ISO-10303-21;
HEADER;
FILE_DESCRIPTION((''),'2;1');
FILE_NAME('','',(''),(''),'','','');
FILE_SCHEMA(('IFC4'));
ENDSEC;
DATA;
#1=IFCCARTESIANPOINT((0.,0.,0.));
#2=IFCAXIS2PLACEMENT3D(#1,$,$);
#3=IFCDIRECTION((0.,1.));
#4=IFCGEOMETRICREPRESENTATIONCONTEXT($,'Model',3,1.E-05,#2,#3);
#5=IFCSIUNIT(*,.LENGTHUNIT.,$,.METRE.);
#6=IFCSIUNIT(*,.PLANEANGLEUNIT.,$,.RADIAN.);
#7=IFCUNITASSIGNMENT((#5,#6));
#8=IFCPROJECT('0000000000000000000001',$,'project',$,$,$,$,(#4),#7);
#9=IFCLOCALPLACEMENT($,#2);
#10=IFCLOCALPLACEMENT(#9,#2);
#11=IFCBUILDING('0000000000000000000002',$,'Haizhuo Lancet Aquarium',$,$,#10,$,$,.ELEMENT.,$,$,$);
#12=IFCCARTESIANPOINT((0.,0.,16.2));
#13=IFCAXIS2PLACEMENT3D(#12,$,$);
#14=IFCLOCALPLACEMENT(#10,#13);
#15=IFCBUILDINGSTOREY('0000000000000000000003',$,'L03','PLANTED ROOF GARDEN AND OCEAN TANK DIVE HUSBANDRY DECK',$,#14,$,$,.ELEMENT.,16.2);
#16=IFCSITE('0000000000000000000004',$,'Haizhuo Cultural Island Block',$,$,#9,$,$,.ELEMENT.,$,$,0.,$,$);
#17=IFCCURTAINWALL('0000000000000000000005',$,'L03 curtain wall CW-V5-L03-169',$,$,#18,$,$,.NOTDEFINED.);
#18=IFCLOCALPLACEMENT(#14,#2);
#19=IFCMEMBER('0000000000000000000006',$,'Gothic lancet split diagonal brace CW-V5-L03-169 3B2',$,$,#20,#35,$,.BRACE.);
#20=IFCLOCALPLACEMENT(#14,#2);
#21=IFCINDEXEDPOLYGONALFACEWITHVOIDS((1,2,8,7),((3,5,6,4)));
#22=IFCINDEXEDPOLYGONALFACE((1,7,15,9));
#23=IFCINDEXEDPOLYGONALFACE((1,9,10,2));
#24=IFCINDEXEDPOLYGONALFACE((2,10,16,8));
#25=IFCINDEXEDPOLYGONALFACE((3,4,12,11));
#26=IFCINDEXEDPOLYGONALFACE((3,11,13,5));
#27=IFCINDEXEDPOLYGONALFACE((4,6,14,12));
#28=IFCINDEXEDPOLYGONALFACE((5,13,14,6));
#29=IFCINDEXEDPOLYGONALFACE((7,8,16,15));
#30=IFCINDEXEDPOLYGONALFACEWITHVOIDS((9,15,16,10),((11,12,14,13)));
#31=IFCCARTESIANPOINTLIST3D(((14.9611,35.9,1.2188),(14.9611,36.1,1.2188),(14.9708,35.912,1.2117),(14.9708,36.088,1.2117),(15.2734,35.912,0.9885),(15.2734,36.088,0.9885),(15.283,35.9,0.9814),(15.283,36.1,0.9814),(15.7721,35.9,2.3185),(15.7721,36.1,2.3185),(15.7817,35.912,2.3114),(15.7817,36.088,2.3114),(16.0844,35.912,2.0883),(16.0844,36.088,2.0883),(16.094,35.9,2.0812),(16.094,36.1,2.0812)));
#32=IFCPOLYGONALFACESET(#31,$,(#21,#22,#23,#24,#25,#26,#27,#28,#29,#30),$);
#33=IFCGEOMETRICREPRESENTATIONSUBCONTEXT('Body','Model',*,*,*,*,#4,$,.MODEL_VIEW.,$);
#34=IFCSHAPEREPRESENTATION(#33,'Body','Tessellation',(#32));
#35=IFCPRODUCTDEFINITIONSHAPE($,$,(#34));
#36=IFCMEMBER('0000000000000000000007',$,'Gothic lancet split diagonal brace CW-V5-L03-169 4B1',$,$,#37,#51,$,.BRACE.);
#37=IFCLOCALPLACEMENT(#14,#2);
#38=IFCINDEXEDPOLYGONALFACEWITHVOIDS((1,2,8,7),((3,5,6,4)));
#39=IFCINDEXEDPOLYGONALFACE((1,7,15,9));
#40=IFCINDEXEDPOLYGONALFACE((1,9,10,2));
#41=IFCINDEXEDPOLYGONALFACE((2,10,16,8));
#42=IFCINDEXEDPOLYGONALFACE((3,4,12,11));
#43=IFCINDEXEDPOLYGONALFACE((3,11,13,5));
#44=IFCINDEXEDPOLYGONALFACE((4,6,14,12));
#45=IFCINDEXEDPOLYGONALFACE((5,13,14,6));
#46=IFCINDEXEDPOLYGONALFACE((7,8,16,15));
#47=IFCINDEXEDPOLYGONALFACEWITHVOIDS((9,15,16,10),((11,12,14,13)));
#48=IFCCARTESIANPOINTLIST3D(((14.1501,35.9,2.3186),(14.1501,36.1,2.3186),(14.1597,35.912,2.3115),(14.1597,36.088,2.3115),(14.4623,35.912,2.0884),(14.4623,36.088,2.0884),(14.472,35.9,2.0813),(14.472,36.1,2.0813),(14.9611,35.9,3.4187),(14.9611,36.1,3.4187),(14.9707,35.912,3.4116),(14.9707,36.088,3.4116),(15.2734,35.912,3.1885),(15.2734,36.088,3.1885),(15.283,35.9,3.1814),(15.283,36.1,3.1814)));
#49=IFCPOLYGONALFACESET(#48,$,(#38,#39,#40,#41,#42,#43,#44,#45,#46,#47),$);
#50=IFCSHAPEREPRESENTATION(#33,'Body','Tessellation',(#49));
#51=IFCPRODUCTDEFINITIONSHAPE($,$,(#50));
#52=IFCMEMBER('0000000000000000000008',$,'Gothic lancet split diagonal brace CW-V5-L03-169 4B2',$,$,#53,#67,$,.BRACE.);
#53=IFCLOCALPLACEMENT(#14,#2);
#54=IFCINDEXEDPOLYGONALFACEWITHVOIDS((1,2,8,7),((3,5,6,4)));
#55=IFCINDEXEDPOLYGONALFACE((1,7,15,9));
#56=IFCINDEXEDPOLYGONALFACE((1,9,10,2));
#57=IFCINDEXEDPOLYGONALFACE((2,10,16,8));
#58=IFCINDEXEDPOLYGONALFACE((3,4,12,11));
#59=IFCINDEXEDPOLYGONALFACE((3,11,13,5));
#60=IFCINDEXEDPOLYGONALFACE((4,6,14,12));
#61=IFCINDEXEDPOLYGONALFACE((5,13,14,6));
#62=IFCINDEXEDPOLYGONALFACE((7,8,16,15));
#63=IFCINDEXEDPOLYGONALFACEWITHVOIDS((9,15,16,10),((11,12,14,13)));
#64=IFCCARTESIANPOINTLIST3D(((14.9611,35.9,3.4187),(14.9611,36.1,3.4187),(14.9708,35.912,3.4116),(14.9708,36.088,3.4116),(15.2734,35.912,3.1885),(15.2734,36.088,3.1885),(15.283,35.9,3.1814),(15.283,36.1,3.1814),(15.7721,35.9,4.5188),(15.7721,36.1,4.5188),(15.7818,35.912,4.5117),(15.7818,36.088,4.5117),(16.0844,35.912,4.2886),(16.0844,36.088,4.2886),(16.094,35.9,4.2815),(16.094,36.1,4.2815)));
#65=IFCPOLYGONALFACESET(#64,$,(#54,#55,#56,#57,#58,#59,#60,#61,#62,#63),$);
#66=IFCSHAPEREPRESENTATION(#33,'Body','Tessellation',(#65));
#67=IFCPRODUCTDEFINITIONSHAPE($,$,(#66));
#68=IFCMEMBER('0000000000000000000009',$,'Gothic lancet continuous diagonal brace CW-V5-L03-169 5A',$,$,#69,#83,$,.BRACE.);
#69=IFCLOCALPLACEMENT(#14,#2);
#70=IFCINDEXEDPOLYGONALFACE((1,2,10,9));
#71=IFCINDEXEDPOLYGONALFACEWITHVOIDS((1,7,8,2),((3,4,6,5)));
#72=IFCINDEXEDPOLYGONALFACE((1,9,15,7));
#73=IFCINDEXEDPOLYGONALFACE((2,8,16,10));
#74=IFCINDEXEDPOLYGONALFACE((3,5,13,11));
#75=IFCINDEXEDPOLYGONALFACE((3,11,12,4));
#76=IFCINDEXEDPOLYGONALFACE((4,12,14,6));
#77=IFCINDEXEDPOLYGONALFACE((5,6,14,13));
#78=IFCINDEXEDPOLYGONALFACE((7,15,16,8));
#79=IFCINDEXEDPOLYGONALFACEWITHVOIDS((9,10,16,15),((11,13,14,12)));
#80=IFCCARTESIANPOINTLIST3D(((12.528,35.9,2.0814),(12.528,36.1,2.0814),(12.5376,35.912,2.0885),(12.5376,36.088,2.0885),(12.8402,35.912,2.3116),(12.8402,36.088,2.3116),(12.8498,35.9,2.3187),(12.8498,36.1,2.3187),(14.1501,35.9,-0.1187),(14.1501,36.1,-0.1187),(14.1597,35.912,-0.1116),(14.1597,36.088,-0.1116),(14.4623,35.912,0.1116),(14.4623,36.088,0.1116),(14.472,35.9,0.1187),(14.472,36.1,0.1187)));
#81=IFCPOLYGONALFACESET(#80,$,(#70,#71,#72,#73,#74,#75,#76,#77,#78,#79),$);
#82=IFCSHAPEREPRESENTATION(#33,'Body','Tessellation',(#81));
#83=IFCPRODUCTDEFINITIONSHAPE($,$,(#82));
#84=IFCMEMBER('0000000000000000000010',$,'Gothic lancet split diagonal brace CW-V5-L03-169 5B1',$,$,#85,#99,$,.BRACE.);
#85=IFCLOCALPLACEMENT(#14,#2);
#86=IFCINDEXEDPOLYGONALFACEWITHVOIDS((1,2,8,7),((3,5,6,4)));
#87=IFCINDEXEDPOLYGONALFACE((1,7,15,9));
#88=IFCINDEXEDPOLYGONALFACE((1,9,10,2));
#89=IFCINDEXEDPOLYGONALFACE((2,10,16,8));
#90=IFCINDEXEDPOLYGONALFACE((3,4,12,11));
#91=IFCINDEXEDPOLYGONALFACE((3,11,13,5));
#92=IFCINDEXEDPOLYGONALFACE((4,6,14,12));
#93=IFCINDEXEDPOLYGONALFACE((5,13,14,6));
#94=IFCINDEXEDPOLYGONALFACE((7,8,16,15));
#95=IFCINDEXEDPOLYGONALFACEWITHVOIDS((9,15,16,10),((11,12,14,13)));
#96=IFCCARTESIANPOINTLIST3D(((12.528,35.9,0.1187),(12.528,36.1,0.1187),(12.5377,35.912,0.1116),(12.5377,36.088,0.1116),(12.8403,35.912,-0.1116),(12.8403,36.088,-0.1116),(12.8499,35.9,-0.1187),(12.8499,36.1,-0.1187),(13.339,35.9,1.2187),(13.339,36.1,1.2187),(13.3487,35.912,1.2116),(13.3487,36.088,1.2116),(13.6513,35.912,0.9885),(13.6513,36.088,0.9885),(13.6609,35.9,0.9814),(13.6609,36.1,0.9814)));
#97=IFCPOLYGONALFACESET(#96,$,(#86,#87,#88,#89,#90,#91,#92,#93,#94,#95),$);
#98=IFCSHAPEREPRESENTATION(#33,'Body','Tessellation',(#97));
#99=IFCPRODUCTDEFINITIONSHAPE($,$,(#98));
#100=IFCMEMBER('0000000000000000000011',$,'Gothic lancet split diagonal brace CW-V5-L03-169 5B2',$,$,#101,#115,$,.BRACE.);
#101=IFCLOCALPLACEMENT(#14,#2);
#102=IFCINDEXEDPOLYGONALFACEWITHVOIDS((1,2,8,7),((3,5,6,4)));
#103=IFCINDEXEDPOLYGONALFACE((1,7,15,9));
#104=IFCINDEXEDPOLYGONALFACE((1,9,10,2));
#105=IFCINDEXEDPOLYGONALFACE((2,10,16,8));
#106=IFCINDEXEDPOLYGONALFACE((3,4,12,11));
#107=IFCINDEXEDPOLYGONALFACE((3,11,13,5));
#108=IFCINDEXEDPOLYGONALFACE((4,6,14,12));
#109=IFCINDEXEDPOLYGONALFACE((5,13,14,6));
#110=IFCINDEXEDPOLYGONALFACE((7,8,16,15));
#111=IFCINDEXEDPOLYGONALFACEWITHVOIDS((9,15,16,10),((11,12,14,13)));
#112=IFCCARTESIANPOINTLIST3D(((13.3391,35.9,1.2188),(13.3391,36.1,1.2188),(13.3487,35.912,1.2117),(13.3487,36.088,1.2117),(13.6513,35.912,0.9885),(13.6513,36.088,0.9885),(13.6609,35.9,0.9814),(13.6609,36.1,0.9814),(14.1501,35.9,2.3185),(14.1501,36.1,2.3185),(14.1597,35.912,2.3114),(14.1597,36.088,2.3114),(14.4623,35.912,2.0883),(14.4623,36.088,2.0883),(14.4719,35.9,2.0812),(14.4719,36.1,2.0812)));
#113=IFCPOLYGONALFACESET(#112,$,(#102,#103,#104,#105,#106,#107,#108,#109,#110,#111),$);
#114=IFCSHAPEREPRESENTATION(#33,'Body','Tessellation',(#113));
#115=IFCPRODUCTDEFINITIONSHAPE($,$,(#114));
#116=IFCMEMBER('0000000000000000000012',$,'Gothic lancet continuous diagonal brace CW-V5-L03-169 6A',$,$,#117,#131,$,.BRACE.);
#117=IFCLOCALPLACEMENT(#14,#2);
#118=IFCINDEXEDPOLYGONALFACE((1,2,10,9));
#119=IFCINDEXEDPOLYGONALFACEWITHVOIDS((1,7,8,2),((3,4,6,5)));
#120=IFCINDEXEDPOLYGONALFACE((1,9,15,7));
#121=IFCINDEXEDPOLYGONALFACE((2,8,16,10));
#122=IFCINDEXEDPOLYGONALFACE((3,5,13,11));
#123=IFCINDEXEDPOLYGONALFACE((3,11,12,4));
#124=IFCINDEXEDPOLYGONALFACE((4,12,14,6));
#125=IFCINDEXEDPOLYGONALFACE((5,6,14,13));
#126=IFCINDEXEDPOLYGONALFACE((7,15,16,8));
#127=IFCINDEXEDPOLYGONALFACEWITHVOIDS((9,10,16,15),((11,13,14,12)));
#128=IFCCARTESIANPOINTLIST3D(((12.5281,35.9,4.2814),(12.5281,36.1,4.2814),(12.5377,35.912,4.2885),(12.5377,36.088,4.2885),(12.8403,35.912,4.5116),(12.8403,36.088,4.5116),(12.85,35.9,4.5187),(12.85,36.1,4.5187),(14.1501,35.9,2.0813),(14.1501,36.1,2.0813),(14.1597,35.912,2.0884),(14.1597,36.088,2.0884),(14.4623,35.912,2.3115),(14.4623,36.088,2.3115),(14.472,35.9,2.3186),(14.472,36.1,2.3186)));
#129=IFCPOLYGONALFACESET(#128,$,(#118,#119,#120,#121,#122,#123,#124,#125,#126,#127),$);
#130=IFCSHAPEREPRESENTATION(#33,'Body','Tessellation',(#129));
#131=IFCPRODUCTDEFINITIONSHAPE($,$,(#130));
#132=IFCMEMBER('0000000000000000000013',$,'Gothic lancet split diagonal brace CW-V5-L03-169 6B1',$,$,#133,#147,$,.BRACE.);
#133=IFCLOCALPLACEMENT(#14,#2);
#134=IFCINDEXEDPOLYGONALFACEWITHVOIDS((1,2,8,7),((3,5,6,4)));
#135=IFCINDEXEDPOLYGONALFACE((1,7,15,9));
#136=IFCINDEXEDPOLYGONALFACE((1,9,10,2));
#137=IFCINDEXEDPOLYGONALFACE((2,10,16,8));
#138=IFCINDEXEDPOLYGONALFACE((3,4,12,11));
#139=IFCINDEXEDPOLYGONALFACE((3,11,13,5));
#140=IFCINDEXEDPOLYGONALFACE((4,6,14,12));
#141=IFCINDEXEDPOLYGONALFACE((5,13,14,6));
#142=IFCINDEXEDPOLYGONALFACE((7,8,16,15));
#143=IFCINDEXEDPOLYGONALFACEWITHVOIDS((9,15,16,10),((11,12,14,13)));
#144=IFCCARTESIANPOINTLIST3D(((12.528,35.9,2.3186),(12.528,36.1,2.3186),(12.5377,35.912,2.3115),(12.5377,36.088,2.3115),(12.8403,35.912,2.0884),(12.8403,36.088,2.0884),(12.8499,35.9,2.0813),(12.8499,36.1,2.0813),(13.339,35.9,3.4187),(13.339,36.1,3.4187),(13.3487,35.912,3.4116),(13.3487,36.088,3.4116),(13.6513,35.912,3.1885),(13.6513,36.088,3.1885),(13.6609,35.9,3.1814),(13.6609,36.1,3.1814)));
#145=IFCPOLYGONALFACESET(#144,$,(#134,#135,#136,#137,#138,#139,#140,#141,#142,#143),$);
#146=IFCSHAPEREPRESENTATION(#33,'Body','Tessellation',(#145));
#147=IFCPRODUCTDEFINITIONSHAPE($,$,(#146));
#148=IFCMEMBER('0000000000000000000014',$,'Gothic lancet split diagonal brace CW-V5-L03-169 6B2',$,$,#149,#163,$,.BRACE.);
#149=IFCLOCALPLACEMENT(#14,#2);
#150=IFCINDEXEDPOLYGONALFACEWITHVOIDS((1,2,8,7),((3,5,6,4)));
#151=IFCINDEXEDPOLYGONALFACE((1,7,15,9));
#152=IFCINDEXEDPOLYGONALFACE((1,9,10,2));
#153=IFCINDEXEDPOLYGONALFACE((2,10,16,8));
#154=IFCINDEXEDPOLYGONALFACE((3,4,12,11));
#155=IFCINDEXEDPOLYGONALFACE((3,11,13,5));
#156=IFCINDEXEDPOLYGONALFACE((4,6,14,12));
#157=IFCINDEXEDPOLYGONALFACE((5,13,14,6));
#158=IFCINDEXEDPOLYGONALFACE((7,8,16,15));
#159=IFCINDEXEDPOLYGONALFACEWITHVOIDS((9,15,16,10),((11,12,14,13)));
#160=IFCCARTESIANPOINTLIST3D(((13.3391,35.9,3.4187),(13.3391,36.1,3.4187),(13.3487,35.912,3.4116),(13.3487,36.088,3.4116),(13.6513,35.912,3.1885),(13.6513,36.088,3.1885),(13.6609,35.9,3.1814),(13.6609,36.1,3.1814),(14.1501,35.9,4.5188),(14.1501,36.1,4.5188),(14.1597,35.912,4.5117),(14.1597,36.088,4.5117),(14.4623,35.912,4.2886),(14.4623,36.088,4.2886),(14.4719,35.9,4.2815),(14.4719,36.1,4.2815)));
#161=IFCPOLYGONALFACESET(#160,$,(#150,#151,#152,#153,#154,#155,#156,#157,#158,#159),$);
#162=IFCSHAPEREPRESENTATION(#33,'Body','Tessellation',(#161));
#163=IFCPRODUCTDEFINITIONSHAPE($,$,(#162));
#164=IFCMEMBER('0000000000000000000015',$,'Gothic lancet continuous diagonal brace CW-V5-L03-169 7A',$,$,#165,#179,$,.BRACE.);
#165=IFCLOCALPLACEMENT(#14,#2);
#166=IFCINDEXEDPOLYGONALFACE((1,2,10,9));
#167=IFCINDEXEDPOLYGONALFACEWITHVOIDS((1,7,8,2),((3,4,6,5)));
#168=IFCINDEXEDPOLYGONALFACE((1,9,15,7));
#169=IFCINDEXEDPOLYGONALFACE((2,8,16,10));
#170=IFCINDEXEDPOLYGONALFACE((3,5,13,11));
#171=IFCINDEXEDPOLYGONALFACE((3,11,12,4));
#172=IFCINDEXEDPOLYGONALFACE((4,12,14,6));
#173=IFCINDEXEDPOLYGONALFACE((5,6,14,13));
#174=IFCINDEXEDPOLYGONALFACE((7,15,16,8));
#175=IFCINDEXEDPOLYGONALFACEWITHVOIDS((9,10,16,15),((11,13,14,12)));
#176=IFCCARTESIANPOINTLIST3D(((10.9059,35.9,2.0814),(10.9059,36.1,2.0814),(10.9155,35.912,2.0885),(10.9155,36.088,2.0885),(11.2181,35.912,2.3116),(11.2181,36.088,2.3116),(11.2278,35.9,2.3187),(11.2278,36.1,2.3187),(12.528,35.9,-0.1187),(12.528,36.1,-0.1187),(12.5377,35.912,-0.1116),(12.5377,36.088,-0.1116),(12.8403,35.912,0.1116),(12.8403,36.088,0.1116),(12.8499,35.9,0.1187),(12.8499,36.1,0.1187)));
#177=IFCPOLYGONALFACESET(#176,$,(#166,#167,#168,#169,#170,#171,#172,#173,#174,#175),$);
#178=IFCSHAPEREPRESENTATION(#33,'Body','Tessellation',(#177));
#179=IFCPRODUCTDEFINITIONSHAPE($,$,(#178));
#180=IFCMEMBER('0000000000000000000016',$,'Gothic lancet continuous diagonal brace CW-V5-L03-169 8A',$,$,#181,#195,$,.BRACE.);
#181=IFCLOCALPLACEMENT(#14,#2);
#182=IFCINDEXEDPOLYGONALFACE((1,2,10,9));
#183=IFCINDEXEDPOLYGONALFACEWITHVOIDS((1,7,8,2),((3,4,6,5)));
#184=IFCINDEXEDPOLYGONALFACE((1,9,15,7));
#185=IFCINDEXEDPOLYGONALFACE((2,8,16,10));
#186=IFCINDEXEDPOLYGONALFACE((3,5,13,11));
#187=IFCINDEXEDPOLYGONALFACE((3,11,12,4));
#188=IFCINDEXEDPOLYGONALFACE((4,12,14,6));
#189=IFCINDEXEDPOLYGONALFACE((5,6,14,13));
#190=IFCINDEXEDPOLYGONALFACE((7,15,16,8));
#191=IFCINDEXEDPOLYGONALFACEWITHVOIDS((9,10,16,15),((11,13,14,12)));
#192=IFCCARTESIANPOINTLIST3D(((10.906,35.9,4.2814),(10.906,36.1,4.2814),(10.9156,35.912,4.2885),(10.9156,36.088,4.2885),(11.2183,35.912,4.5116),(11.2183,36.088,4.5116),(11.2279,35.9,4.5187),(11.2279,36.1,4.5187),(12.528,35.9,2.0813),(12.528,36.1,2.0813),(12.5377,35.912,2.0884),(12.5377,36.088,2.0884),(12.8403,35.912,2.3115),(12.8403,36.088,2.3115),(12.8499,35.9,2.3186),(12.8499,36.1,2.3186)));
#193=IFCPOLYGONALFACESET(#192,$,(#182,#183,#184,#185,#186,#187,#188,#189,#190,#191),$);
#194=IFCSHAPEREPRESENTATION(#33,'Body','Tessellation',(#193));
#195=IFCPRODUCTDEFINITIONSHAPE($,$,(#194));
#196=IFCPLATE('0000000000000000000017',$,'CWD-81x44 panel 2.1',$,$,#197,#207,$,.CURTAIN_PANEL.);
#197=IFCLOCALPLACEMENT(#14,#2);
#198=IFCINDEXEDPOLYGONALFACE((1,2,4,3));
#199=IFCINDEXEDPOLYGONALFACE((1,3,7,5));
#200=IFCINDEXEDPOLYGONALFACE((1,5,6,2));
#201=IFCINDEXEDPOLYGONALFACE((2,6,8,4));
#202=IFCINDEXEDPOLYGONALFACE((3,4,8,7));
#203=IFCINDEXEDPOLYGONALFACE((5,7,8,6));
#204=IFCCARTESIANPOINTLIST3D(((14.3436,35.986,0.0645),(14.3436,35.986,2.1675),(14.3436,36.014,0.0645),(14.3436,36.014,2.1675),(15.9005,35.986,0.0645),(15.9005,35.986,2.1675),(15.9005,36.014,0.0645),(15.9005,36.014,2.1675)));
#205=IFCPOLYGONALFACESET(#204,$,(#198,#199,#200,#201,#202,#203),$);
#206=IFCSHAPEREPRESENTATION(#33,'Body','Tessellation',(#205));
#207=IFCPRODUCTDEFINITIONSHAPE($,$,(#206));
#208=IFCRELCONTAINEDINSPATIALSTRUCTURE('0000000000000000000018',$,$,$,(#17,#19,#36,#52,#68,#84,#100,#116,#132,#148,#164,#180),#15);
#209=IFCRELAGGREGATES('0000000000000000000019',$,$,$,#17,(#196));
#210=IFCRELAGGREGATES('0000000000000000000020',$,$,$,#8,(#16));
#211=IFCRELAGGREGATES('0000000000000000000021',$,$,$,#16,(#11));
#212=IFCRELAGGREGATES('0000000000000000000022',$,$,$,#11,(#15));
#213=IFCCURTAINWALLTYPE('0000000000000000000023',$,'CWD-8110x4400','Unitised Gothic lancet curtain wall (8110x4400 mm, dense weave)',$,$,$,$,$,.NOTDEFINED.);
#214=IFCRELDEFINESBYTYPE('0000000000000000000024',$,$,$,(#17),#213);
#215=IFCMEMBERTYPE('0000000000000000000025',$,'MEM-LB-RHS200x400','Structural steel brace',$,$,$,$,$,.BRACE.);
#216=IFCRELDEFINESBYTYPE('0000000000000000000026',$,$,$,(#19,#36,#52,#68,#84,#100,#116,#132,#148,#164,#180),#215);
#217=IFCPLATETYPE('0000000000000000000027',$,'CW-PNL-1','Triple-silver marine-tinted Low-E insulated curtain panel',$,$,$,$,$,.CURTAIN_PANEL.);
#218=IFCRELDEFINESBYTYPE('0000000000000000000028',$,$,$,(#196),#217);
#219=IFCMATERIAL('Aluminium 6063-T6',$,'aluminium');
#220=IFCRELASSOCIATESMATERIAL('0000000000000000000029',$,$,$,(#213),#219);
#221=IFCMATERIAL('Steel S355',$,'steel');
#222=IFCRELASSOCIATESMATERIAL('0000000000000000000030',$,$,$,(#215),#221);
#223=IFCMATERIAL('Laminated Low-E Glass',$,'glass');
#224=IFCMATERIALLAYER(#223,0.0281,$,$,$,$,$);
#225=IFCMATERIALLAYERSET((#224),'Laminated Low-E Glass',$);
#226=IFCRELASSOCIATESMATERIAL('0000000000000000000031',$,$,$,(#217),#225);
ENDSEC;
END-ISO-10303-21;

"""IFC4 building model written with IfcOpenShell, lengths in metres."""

from ifc_helpers import new_model, si_unit, direction, frame, origin, origin_2d, place, context, subcontext, project, spatial, rectangle, hollow_rectangle, extrude, material, layer, layer_set, material_profile, profile_set, type_object, element, aggregate, save


model = new_model("IFC4")

# Units and contexts
model_context = context("Model", 3, precision=1e-05, world=origin(), true_north=direction((0.0, 1.0)))
body_context = subcontext(model_context, "Body", "Model", "MODEL_VIEW")
ifc_project = project(units=[si_unit("LENGTHUNIT", "METRE"), si_unit("PLANEANGLEUNIT", "RADIAN")], contexts=[model_context])

# Site, building, storey
site_placement = place(None, origin())
site = spatial("IfcSite", under=ifc_project, at=site_placement, Name="Haizhuo Cultural Island Block", CompositionType="ELEMENT", RefElevation=0.0)
building_placement = place(site_placement, origin())
building = spatial("IfcBuilding", under=site, at=building_placement, Name="Haizhuo Lancet Aquarium", CompositionType="ELEMENT")
storey_placement = place(building_placement, frame((0.0, 0.0, 16.2)))
storey = spatial("IfcBuildingStorey", under=building, at=storey_placement, Name="L03", Description="PLANTED ROOF GARDEN AND OCEAN TANK DIVE HUSBANDRY DECK", CompositionType="ELEMENT", Elevation=16.2)

# Curtain wall
ifc_material_1 = material(Name="Aluminium 6063-T6", Category="aluminium")
curtain_wall_type = type_object("IfcCurtainWallType", Name="CWD-8110x4400", Description="Unitised Gothic lancet curtain wall (8110x4400 mm, dense weave)", PredefinedType="NOTDEFINED", material=ifc_material_1)
curtain_wall_placement = place(storey_placement, origin())
curtain_wall = element("IfcCurtainWall", 1, at=curtain_wall_placement, inside=storey, type_object=curtain_wall_type, Name="L03 curtain wall CW-V5-L03-169", PredefinedType="NOTDEFINED")

# Members
ifc_material_2 = material(Name="Steel S355", Category="steel")
ifc_material_profile_1 = material_profile(ifc_material_2, hollow_rectangle(XDim=0.2, YDim=0.3999, WallThickness=0.012, at=origin_2d()), Name="RHS 200x400x12")
ifc_profile_set_1 = profile_set([ifc_material_profile_1], Name="Steel S355")
member_type_1 = type_object("IfcMemberType", Name="MEM-LB-RHS200x400", Description="Structural steel brace", PredefinedType="BRACE", material=ifc_profile_set_1)
member_1_placement = place(storey_placement, frame((15.1221, 36.0, 1.1001), z_axis=(0.593492, 0.0, 0.80484), x_axis=(0.0, 1.0, 0.0)))
element("IfcMember", 2, at=member_1_placement, inside=storey, type_object=member_type_1, Name="Gothic lancet split diagonal brace CW-V5-L03-169 3B2", PredefinedType="BRACE", context=body_context, shape_type="SweptSolid", body=[
    extrude(hollow_rectangle(XDim=0.2, YDim=0.3999, WallThickness=0.012, at=origin_2d()), origin(), (0.0, 0.0, 1.0), 1.3665),
])
for number, where, z_axis, x_axis, name in (
    (3, (14.311, 36.0, 2.2), (0.593406, 0.0, 0.804903), (0.0, 1.0, 0.0), "Gothic lancet split diagonal brace CW-V5-L03-169 4B1"),
    (4, (15.1221, 36.0, 3.3), (0.593406, 0.0, 0.804903), (0.0, 1.0, 0.0), "Gothic lancet split diagonal brace CW-V5-L03-169 4B2"),
):
    element("IfcMember", number, at=place(storey_placement, frame(where, z_axis=z_axis, x_axis=x_axis)), inside=storey, type_object=member_type_1, Name=name, PredefinedType="BRACE", context=body_context, shape_type="SweptSolid", body=[
        extrude(hollow_rectangle(XDim=0.2, YDim=0.3999, WallThickness=0.012, at=origin_2d()), origin(), (0.0, 0.0, 1.0), 1.3667),
    ])
member_2_placement = place(storey_placement, frame((14.311, 36.0, 0.0), z_axis=(-0.593449, 0.0, 0.804872), x_axis=(0.0, -1.0, 0.0)))
element("IfcMember", 5, at=member_2_placement, inside=storey, type_object=member_type_1, Name="Gothic lancet continuous diagonal brace CW-V5-L03-169 5A", PredefinedType="BRACE", context=body_context, shape_type="SweptSolid", body=[
    extrude(hollow_rectangle(XDim=0.2, YDim=0.3999, WallThickness=0.012, at=origin_2d()), origin(), (0.0, 0.0, 1.0), 2.7334),
])
member_3_placement = place(storey_placement, frame((12.689, 36.0, 0.0), z_axis=(0.593406, 0.0, 0.804903), x_axis=(0.0, 1.0, 0.0)))
element("IfcMember", 6, at=member_3_placement, inside=storey, type_object=member_type_1, Name="Gothic lancet split diagonal brace CW-V5-L03-169 5B1", PredefinedType="BRACE", context=body_context, shape_type="SweptSolid", body=[
    extrude(hollow_rectangle(XDim=0.2, YDim=0.3999, WallThickness=0.012, at=origin_2d()), origin(), (0.0, 0.0, 1.0), 1.3667),
])
member_4_placement = place(storey_placement, frame((13.5, 36.0, 1.1001), z_axis=(0.593492, 0.0, 0.80484), x_axis=(0.0, 1.0, 0.0)))
element("IfcMember", 7, at=member_4_placement, inside=storey, type_object=member_type_1, Name="Gothic lancet split diagonal brace CW-V5-L03-169 5B2", PredefinedType="BRACE", context=body_context, shape_type="SweptSolid", body=[
    extrude(hollow_rectangle(XDim=0.2, YDim=0.3999, WallThickness=0.012, at=origin_2d()), origin(), (0.0, 0.0, 1.0), 1.3665),
])
member_5_placement = place(storey_placement, frame((14.311, 36.0, 2.2), z_axis=(-0.593406, 0.0, 0.804903), x_axis=(0.0, -1.0, 0.0)))
element("IfcMember", 8, at=member_5_placement, inside=storey, type_object=member_type_1, Name="Gothic lancet continuous diagonal brace CW-V5-L03-169 6A", PredefinedType="BRACE", context=body_context, shape_type="SweptSolid", body=[
    extrude(hollow_rectangle(XDim=0.2, YDim=0.3999, WallThickness=0.012, at=origin_2d()), origin(), (0.0, 0.0, 1.0), 2.7334),
])
for number, where, z_axis, x_axis, name in (
    (9, (12.689, 36.0, 2.2), (0.593406, 0.0, 0.804903), (0.0, 1.0, 0.0), "Gothic lancet split diagonal brace CW-V5-L03-169 6B1"),
    (10, (13.5, 36.0, 3.3), (0.593406, 0.0, 0.804903), (0.0, 1.0, 0.0), "Gothic lancet split diagonal brace CW-V5-L03-169 6B2"),
):
    element("IfcMember", number, at=place(storey_placement, frame(where, z_axis=z_axis, x_axis=x_axis)), inside=storey, type_object=member_type_1, Name=name, PredefinedType="BRACE", context=body_context, shape_type="SweptSolid", body=[
        extrude(hollow_rectangle(XDim=0.2, YDim=0.3999, WallThickness=0.012, at=origin_2d()), origin(), (0.0, 0.0, 1.0), 1.3667),
    ])
for number, where, z_axis, x_axis, name in (
    (11, (12.689, 36.0, 0.0), (-0.593449, 0.0, 0.804872), (0.0, -1.0, 0.0), "Gothic lancet continuous diagonal brace CW-V5-L03-169 7A"),
    (12, (12.689, 36.0, 2.2), (-0.593406, 0.0, 0.804903), (0.0, -1.0, 0.0), "Gothic lancet continuous diagonal brace CW-V5-L03-169 8A"),
):
    element("IfcMember", number, at=place(storey_placement, frame(where, z_axis=z_axis, x_axis=x_axis)), inside=storey, type_object=member_type_1, Name=name, PredefinedType="BRACE", context=body_context, shape_type="SweptSolid", body=[
        extrude(hollow_rectangle(XDim=0.2, YDim=0.3999, WallThickness=0.012, at=origin_2d()), origin(), (0.0, 0.0, 1.0), 2.7334),
    ])

# Plate
ifc_material_3 = material(Name="Laminated Low-E Glass", Category="glass")
ifc_layer = layer(ifc_material_3, 0.0281)
ifc_layer_set = layer_set([ifc_layer], Name="Laminated Low-E Glass")
plate_type = type_object("IfcPlateType", Name="CW-PNL-1", Description="Triple-silver marine-tinted Low-E insulated curtain panel", PredefinedType="CURTAIN_PANEL", material=ifc_layer_set)
plate_1_placement = place(storey_placement, frame((15.1221, 36.0, 0.0645), z_axis=(0.0, 0.0, 1.0), x_axis=(-1.0, 0.0, 0.0)))
plate_1 = element("IfcPlate", 13, at=plate_1_placement, type_object=plate_type, Name="CWD-81x44 panel 2.1", PredefinedType="CURTAIN_PANEL", context=body_context, shape_type="SweptSolid", body=[
    extrude(rectangle(XDim=1.5569, YDim=0.0281, at=origin_2d()), origin(), (0.0, 0.0, 1.0), 2.103),
])
aggregate(curtain_wall, [plate_1])

save(model, "model.ifc")
